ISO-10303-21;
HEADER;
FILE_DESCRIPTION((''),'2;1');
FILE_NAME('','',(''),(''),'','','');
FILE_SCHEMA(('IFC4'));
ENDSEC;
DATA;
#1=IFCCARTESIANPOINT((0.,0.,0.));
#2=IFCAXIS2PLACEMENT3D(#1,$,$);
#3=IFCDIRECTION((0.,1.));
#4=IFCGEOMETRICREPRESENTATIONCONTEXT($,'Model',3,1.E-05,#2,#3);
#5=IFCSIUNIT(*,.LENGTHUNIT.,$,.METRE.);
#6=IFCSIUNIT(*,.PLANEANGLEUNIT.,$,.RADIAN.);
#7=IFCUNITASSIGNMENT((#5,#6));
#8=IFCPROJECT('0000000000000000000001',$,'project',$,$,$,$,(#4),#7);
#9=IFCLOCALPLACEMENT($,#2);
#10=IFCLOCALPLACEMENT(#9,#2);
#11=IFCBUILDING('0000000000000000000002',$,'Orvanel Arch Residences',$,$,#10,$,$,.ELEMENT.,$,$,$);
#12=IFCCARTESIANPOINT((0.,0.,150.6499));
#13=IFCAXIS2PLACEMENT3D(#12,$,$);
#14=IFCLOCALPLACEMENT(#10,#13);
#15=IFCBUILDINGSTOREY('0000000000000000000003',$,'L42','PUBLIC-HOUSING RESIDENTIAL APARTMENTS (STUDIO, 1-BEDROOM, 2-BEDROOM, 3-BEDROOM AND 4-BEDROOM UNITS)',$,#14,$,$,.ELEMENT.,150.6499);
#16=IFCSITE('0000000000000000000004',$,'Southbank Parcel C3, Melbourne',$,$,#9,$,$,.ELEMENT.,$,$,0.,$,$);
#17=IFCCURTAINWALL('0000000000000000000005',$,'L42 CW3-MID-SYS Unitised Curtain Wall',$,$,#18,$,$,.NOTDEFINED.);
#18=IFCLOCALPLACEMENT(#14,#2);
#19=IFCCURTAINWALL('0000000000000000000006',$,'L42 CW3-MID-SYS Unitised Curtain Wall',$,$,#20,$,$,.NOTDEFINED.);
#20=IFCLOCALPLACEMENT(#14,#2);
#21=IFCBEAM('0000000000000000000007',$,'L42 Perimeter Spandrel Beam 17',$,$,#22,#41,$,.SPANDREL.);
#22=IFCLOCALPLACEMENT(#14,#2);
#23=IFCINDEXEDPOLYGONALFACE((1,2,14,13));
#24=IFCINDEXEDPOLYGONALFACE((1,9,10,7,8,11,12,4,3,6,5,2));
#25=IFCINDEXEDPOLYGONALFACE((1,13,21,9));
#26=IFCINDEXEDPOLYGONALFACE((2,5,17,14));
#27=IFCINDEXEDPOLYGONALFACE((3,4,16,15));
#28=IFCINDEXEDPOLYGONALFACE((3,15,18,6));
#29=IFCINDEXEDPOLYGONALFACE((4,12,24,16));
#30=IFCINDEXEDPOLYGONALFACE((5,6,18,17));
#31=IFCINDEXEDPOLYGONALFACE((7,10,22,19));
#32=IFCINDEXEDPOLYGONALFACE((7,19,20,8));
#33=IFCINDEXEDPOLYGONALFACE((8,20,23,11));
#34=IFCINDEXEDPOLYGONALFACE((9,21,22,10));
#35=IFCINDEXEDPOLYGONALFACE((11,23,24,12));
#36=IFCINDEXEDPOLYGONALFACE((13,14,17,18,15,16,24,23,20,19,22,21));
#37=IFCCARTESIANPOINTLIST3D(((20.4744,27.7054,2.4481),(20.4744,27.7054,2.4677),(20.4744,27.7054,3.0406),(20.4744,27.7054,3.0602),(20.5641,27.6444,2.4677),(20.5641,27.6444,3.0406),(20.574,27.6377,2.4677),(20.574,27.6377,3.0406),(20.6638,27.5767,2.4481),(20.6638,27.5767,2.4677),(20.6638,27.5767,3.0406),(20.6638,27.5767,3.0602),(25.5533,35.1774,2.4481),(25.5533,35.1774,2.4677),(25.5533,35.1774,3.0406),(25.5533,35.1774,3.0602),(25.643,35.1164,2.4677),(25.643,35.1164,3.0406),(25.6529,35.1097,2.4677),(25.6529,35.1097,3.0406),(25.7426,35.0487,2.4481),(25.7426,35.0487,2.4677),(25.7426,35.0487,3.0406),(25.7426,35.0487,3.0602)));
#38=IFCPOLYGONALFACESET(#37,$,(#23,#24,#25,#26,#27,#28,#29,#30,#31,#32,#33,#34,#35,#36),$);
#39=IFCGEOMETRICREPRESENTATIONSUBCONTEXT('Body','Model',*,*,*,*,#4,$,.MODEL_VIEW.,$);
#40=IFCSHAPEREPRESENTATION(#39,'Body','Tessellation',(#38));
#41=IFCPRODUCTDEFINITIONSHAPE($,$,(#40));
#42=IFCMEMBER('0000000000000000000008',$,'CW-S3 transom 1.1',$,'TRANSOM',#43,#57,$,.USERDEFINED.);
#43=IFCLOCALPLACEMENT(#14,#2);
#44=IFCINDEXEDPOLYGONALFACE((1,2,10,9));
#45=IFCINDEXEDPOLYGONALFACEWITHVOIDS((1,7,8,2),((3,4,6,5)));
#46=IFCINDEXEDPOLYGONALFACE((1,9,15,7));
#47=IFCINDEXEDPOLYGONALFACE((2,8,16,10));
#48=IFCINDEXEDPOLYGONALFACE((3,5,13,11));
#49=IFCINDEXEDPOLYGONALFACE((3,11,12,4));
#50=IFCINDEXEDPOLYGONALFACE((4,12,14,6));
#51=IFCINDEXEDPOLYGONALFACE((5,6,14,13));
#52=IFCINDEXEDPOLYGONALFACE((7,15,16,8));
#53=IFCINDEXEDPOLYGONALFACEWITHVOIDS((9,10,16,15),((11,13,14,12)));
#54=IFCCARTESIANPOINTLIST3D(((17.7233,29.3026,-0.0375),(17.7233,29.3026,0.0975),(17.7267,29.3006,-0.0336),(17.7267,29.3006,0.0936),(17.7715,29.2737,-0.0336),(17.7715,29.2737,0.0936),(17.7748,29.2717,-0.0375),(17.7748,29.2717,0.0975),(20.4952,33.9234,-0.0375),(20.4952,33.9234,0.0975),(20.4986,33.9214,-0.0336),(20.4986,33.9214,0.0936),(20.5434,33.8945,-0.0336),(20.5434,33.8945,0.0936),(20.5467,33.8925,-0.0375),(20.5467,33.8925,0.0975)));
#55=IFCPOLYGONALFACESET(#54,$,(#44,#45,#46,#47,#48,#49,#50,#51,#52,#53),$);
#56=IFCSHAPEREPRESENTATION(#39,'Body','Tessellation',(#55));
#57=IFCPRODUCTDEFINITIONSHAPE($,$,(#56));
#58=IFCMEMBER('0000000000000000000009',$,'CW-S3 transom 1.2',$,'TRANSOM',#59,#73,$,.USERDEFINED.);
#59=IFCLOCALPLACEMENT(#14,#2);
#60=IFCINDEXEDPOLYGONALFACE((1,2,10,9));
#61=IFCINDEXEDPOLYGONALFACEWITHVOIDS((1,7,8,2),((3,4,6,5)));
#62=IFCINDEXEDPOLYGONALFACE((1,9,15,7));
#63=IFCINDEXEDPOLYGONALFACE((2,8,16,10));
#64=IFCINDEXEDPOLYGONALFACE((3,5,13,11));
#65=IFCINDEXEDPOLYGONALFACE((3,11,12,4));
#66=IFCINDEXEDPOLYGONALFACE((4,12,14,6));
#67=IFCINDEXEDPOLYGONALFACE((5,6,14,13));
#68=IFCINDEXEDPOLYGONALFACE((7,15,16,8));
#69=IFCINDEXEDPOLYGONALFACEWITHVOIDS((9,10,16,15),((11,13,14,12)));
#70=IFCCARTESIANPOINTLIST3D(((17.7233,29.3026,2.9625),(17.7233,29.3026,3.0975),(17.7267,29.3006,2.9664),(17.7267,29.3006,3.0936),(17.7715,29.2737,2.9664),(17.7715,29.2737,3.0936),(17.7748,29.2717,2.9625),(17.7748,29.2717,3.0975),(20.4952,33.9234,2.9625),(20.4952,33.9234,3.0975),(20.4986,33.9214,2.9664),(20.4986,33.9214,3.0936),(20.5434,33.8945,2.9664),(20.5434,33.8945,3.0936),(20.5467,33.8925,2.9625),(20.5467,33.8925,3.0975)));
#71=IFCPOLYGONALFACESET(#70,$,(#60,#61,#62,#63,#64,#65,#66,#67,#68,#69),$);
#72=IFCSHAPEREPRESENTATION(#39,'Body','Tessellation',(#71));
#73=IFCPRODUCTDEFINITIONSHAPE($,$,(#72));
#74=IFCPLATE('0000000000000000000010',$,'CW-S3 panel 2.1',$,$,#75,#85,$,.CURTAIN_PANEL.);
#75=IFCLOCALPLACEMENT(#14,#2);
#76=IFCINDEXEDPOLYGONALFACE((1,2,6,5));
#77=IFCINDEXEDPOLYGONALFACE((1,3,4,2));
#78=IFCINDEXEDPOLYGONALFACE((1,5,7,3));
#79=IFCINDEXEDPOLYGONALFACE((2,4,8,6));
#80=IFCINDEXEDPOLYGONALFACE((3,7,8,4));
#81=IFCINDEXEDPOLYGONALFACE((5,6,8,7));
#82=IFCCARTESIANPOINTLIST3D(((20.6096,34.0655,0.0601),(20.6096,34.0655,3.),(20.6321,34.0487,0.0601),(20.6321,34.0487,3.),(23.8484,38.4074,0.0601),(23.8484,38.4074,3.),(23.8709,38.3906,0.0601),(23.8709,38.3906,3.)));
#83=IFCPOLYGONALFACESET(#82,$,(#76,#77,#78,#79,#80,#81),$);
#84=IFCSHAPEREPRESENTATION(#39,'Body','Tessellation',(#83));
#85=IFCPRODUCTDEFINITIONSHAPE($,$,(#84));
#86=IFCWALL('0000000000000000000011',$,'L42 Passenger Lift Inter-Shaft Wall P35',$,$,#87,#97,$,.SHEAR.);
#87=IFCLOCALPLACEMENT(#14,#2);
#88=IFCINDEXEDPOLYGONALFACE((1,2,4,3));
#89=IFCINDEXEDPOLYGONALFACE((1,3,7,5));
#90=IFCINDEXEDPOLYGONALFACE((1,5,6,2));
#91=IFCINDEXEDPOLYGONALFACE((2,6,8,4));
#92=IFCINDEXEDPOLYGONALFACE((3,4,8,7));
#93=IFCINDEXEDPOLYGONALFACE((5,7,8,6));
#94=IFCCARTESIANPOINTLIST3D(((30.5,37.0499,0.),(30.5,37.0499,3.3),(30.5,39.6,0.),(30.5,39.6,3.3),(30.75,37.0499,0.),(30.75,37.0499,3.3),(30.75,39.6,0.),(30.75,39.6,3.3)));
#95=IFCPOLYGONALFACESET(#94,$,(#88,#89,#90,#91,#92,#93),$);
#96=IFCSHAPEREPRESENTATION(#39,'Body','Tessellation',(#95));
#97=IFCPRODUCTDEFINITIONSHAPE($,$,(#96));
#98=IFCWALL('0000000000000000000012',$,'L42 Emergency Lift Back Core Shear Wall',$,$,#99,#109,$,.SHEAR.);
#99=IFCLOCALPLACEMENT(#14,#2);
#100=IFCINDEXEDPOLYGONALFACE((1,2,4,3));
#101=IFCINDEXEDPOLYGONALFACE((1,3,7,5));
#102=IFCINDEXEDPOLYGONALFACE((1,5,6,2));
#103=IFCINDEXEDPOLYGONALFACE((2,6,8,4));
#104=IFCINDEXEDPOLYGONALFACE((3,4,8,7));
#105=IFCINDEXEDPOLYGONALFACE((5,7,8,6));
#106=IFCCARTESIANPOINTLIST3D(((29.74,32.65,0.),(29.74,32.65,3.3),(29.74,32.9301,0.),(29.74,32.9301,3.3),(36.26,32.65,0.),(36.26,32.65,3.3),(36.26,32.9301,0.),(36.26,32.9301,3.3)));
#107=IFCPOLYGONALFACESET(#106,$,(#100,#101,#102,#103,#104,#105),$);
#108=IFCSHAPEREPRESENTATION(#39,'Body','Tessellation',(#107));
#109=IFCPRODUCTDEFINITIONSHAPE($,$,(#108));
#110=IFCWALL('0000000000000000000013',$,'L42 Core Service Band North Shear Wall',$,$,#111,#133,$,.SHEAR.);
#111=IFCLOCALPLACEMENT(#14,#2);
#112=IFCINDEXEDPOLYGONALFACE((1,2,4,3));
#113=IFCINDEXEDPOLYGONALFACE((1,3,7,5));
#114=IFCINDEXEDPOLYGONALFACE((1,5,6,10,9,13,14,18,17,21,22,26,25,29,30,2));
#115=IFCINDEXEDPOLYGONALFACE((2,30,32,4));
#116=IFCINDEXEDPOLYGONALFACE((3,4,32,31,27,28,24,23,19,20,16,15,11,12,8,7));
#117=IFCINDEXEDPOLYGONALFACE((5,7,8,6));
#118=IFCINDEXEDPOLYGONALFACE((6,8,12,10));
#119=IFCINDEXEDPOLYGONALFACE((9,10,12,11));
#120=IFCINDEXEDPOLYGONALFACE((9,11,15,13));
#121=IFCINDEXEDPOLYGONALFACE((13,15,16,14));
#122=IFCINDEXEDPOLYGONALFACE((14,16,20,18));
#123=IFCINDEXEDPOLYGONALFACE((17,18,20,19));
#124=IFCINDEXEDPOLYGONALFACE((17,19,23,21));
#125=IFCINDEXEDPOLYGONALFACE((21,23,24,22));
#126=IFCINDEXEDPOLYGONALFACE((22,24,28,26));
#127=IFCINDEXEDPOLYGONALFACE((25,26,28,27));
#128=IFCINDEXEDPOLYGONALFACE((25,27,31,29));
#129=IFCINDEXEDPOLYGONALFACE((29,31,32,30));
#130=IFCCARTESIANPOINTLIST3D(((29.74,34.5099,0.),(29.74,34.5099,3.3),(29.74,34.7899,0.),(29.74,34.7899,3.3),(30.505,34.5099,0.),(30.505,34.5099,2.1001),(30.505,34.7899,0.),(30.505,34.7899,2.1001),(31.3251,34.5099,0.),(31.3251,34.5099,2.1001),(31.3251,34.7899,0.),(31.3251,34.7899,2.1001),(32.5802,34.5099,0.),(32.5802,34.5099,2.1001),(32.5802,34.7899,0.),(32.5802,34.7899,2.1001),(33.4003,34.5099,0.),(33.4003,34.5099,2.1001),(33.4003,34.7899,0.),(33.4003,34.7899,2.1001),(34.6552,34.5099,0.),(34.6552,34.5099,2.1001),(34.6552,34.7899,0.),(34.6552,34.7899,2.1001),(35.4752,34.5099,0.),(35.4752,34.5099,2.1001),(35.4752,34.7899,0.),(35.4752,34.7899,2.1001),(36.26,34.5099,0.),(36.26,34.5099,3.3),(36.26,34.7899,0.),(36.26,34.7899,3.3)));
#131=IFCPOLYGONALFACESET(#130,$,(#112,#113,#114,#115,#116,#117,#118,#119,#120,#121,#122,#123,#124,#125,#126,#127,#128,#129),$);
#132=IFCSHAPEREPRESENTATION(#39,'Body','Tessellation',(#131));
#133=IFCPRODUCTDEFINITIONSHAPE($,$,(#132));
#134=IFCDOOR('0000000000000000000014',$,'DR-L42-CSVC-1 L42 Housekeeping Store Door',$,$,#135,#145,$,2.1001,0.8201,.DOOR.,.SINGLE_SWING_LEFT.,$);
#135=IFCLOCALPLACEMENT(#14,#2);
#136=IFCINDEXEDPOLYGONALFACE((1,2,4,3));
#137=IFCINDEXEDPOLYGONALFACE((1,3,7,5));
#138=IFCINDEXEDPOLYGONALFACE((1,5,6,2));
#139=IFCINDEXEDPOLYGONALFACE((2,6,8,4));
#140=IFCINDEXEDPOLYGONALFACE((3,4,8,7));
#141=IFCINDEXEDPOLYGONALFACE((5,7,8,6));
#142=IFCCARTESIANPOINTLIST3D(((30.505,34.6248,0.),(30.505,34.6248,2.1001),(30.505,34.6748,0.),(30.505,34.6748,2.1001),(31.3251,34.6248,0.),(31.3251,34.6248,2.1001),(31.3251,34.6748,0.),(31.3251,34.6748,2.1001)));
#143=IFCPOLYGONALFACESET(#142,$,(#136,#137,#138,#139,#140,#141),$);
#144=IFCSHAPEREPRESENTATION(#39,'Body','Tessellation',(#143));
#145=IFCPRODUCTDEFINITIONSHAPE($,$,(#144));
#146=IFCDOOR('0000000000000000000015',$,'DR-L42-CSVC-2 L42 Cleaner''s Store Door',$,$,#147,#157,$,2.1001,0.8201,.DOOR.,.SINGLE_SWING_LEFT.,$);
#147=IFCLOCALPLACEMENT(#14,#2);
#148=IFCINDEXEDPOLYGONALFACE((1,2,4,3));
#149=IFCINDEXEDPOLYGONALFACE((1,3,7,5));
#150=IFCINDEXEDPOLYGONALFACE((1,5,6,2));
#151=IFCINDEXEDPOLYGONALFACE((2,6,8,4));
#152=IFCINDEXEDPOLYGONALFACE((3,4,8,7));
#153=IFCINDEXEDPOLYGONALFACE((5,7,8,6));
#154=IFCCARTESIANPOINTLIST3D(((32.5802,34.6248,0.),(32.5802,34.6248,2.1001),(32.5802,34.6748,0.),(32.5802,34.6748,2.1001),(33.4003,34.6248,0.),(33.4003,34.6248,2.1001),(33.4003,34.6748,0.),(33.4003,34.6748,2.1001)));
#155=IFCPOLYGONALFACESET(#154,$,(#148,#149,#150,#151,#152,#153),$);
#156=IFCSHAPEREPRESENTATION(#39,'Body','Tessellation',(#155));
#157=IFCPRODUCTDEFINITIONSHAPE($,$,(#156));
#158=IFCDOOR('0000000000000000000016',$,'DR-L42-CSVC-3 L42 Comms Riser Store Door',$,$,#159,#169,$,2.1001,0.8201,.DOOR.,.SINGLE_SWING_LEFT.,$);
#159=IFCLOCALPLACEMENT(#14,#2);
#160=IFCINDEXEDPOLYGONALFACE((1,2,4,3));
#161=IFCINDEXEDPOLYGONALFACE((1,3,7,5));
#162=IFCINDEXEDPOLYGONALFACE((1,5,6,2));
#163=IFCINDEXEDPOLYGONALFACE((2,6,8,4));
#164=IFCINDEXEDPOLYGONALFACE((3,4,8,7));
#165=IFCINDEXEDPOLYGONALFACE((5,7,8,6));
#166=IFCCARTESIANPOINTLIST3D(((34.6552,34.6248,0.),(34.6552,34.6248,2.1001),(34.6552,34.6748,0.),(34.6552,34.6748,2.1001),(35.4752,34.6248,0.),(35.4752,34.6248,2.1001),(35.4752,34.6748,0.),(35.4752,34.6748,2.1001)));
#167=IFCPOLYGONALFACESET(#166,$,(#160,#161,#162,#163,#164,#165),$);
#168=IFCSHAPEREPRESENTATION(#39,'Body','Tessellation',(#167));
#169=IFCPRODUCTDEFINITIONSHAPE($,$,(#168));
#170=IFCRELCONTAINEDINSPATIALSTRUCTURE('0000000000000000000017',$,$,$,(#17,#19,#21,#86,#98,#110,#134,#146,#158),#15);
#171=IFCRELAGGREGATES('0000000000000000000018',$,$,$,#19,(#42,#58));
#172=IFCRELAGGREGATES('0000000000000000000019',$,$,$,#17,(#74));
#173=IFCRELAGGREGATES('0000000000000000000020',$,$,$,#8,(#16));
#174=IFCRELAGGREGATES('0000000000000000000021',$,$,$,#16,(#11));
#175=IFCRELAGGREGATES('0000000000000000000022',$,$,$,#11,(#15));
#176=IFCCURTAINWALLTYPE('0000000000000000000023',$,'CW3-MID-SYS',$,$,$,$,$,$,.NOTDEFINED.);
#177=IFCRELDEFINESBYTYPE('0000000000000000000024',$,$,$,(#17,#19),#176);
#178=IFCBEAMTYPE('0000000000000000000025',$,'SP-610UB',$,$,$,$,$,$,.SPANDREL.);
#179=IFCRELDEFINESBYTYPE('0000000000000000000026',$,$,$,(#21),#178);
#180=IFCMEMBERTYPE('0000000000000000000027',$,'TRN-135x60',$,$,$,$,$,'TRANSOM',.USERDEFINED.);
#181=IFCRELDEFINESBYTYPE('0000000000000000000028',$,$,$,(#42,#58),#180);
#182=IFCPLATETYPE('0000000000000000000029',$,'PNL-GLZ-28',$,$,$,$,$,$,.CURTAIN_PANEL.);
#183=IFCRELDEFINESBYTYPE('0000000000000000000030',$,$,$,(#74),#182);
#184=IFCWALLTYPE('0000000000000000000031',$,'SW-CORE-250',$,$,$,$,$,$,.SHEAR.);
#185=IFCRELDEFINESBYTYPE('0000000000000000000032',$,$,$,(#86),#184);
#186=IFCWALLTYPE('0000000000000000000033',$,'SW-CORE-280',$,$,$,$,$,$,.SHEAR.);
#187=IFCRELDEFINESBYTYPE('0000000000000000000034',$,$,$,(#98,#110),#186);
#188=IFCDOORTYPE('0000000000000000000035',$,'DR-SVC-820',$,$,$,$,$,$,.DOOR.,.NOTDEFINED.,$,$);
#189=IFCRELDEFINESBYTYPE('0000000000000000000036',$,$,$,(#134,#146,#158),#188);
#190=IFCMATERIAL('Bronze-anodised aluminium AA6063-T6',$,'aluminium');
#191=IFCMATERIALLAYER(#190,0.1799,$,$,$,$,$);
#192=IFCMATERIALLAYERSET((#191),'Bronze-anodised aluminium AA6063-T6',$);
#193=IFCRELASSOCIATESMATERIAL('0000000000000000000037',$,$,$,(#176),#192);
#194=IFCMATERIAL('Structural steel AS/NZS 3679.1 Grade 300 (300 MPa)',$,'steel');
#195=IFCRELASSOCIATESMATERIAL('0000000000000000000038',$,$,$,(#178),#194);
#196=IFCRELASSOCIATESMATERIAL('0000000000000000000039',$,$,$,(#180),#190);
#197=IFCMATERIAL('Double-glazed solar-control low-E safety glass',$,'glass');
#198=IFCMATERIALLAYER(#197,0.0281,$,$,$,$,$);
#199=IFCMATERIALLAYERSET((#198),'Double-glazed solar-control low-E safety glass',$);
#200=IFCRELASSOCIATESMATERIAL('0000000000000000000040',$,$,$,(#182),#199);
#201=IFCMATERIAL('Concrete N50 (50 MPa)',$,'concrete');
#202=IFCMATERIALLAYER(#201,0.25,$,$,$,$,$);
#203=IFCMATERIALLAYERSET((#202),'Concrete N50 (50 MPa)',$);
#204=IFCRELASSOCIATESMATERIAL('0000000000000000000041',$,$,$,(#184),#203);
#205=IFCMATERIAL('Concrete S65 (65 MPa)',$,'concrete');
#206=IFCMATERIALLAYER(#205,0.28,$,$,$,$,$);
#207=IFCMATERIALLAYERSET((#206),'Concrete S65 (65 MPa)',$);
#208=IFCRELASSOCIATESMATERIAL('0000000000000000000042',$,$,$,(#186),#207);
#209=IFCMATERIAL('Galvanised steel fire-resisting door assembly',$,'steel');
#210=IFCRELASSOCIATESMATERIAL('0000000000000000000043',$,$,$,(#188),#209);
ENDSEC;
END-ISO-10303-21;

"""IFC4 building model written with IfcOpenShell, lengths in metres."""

from ifc_helpers import new_model, si_unit, direction, frame, frame_2d, origin, origin_2d, place, context, subcontext, project, spatial, rectangle, hollow_rectangle, i_section, extrude, material, layer, layer_set, material_profile, profile_set, type_object, element, fill, aggregate, save


model = new_model("IFC4")

# Units and contexts
model_context = context("Model", 3, precision=1e-05, world=origin(), true_north=direction((0.0, 1.0)))
body_context = subcontext(model_context, "Body", "Model", "MODEL_VIEW")
ifc_project = project(units=[si_unit("LENGTHUNIT", "METRE"), si_unit("PLANEANGLEUNIT", "RADIAN")], contexts=[model_context])

# Site, building, storey
site_placement = place(None, origin())
site = spatial("IfcSite", under=ifc_project, at=site_placement, Name="Southbank Parcel C3, Melbourne", CompositionType="ELEMENT", RefElevation=0.0)
building_placement = place(site_placement, origin())
building = spatial("IfcBuilding", under=site, at=building_placement, Name="Orvanel Arch Residences", CompositionType="ELEMENT")
storey_placement = place(building_placement, frame((0.0, 0.0, 150.6499)))
storey = spatial("IfcBuildingStorey", under=building, at=storey_placement, Name="L42", Description="PUBLIC-HOUSING RESIDENTIAL APARTMENTS (STUDIO, 1-BEDROOM, 2-BEDROOM, 3-BEDROOM AND 4-BEDROOM UNITS)", CompositionType="ELEMENT", Elevation=150.6499)

# Shared definitions
ifc_material_1 = material(Name="Structural steel AS/NZS 3679.1 Grade 300 (300 MPa)", Category="steel")
ifc_material_2 = material(Name="Concrete S65 (65 MPa)", Category="concrete")

# Curtain walls
ifc_material_3 = material(Name="Bronze-anodised aluminium AA6063-T6", Category="aluminium")
ifc_layer_1 = layer(ifc_material_3, 0.1799)
ifc_layer_set_1 = layer_set([ifc_layer_1], Name="Bronze-anodised aluminium AA6063-T6")
curtain_wall_type = type_object("IfcCurtainWallType", Name="CW3-MID-SYS", PredefinedType="NOTDEFINED", material=ifc_layer_set_1)
curtain_wall_1_placement = place(storey_placement, origin())
curtain_wall_1 = element("IfcCurtainWall", 1, at=curtain_wall_1_placement, inside=storey, type_object=curtain_wall_type, Name="L42 CW3-MID-SYS Unitised Curtain Wall", PredefinedType="NOTDEFINED")
curtain_wall_2_placement = place(storey_placement, origin())
curtain_wall_2 = element("IfcCurtainWall", 2, at=curtain_wall_2_placement, inside=storey, type_object=curtain_wall_type, Name="L42 CW3-MID-SYS Unitised Curtain Wall", PredefinedType="NOTDEFINED")

# Beam
ifc_material_profile_1 = material_profile(ifc_material_1, i_section(OverallWidth=0.229, OverallDepth=0.6121, WebThickness=0.012, FlangeThickness=0.0195, at=origin_2d()), Name="610UB125")
ifc_profile_set_1 = profile_set([ifc_material_profile_1], Name="Structural steel AS/NZS 3679.1 Grade 300 (300 MPa)")
beam_type_1 = type_object("IfcBeamType", Name="SP-610UB", PredefinedType="SPANDREL", material=ifc_profile_set_1)
beam_1_placement = place(storey_placement, frame((25.6479, 35.113, 2.7542), z_axis=(-0.562155, -0.827032, 0.0), x_axis=(0.827032, -0.562155, 0.0)))
element("IfcBeam", 3, at=beam_1_placement, inside=storey, type_object=beam_type_1, Name="L42 Perimeter Spandrel Beam 17", PredefinedType="SPANDREL", context=body_context, shape_type="SweptSolid", body=[
    extrude(i_section(OverallWidth=0.229, OverallDepth=0.6121, WebThickness=0.012, FlangeThickness=0.0195, at=origin_2d()), origin(), (0.0, 0.0, 1.0), 9.0347),
])

# Members
ifc_material_profile_2 = material_profile(ifc_material_3, hollow_rectangle(XDim=0.0601, YDim=0.135, WallThickness=0.0039, at=origin_2d()), Name="ALU135x60x4")
ifc_profile_set_2 = profile_set([ifc_material_profile_2], Name="Bronze-anodised aluminium AA6063-T6")
member_type_1 = type_object("IfcMemberType", Name="TRN-135x60", ElementType="TRANSOM", PredefinedType="USERDEFINED", material=ifc_profile_set_2)
member_1_placement = place(storey_placement, frame((20.521, 33.908, 0.03), z_axis=(-0.514422, -0.857537, 0.0), x_axis=(0.857537, -0.514422, 0.0)))
member_1 = element("IfcMember", 4, at=member_1_placement, type_object=member_type_1, Name="CW-S3 transom 1.1", ObjectType="TRANSOM", PredefinedType="USERDEFINED", context=body_context, shape_type="SweptSolid", body=[
    extrude(hollow_rectangle(XDim=0.0601, YDim=0.135, WallThickness=0.0039, at=origin_2d()), origin(), (0.0, 0.0, 1.0), 5.3884),
])
member_2_placement = place(storey_placement, frame((20.521, 33.908, 3.03), z_axis=(-0.514422, -0.857537, 0.0), x_axis=(0.857537, -0.514422, 0.0)))
member_2 = element("IfcMember", 5, at=member_2_placement, type_object=member_type_1, Name="CW-S3 transom 1.2", ObjectType="TRANSOM", PredefinedType="USERDEFINED", context=body_context, shape_type="SweptSolid", body=[
    extrude(hollow_rectangle(XDim=0.0601, YDim=0.135, WallThickness=0.0039, at=origin_2d()), origin(), (0.0, 0.0, 1.0), 5.3884),
])
aggregate(curtain_wall_2, [member_1, member_2])

# Plate
ifc_material_4 = material(Name="Double-glazed solar-control low-E safety glass", Category="glass")
ifc_layer_2 = layer(ifc_material_4, 0.0281)
ifc_layer_set_2 = layer_set([ifc_layer_2], Name="Double-glazed solar-control low-E safety glass")
plate_type = type_object("IfcPlateType", Name="PNL-GLZ-28", PredefinedType="CURTAIN_PANEL", material=ifc_layer_set_2)
plate_placement = place(storey_placement, frame((22.2402, 36.228, 0.0601), z_axis=(0.0, 0.0, 1.0), x_axis=(-0.597912, -0.801562, 0.0)))
plate = element("IfcPlate", 6, at=plate_placement, type_object=plate_type, Name="CW-S3 panel 2.1", PredefinedType="CURTAIN_PANEL", context=body_context, shape_type="SweptSolid", body=[
    extrude(rectangle(XDim=5.4167, YDim=0.0281, at=origin_2d()), origin(), (0.0, 0.0, 1.0), 2.9399),
])
aggregate(curtain_wall_1, [plate])

# Walls
ifc_material_5 = material(Name="Concrete N50 (50 MPa)", Category="concrete")
ifc_layer_3 = layer(ifc_material_5, 0.25)
ifc_layer_set_3 = layer_set([ifc_layer_3], Name="Concrete N50 (50 MPa)")
wall_type_1 = type_object("IfcWallType", Name="SW-CORE-250", PredefinedType="SHEAR", material=ifc_layer_set_3)
wall_1_placement = place(storey_placement, frame((30.625, 37.05, 0.0), z_axis=(0.0, 0.0, 1.0), x_axis=(0.0, 1.0, 0.0)))
element("IfcWall", 7, at=wall_1_placement, inside=storey, type_object=wall_type_1, Name="L42 Passenger Lift Inter-Shaft Wall P35", PredefinedType="SHEAR", context=body_context, shape_type="SweptSolid", body=[
    extrude(rectangle(XDim=2.55, YDim=0.25, at=frame_2d((1.2749, 0.0))), origin(), (0.0, 0.0, 1.0), 3.3),
])
ifc_layer_4 = layer(ifc_material_2, 0.28)
ifc_layer_set_4 = layer_set([ifc_layer_4], Name="Concrete S65 (65 MPa)")
wall_type_2 = type_object("IfcWallType", Name="SW-CORE-280", PredefinedType="SHEAR", material=ifc_layer_set_4)
wall_2_placement = place(storey_placement, frame((29.74, 32.79, 0.0), z_axis=(0.0, 0.0, 1.0), x_axis=(1.0, 0.0, 0.0)))
element("IfcWall", 8, at=wall_2_placement, inside=storey, type_object=wall_type_2, Name="L42 Emergency Lift Back Core Shear Wall", PredefinedType="SHEAR", context=body_context, shape_type="SweptSolid", body=[
    extrude(rectangle(XDim=6.52, YDim=0.28, at=frame_2d((3.26, 0.0))), origin(), (0.0, 0.0, 1.0), 3.3),
])

# Wall, openings, doors
wall_3_placement = place(storey_placement, frame((29.74, 34.6499, 0.0), z_axis=(0.0, 0.0, 1.0), x_axis=(1.0, 0.0, 0.0)))
wall_3 = element("IfcWall", 9, at=wall_3_placement, inside=storey, type_object=wall_type_2, Name="L42 Core Service Band North Shear Wall", PredefinedType="SHEAR", context=body_context, shape_type="SweptSolid", body=[
    extrude(rectangle(XDim=6.52, YDim=0.28, at=frame_2d((3.26, 0.0))), origin(), (0.0, 0.0, 1.0), 3.3),
])
opening_1_placement = place(wall_3_placement, frame((0.7649, 0.0, 0.0)))
opening_1 = element("IfcOpeningElement", 10, at=opening_1_placement, cuts=wall_3, PredefinedType="OPENING", context=body_context, shape_type="SweptSolid", body=[
    extrude(rectangle(XDim=0.8201, YDim=2.1001, at=frame_2d((0.4102, 1.05))), frame((0.0, 0.1499, 0.0), z_axis=(0.0, -1.0, 0.0), x_axis=(1.0, 0.0, 0.0)), (0.0, 0.0, 1.0), 0.3),
])
opening_2_placement = place(wall_3_placement, frame((2.8401, 0.0, 0.0)))
opening_2 = element("IfcOpeningElement", 11, at=opening_2_placement, cuts=wall_3, PredefinedType="OPENING", context=body_context, shape_type="SweptSolid", body=[
    extrude(rectangle(XDim=0.8201, YDim=2.1001, at=frame_2d((0.4102, 1.05))), frame((0.0, 0.1499, 0.0), z_axis=(0.0, -1.0, 0.0), x_axis=(1.0, 0.0, 0.0)), (0.0, 0.0, 1.0), 0.3),
])
opening_3_placement = place(wall_3_placement, frame((4.915, 0.0, 0.0)))
opening_3 = element("IfcOpeningElement", 12, at=opening_3_placement, cuts=wall_3, PredefinedType="OPENING", context=body_context, shape_type="SweptSolid", body=[
    extrude(rectangle(XDim=0.8201, YDim=2.1001, at=frame_2d((0.4102, 1.05))), frame((0.0, 0.1499, 0.0), z_axis=(0.0, -1.0, 0.0), x_axis=(1.0, 0.0, 0.0)), (0.0, 0.0, 1.0), 0.3),
])
ifc_material_6 = material(Name="Galvanised steel fire-resisting door assembly", Category="steel")
door_type = type_object("IfcDoorType", Name="DR-SVC-820", OperationType="NOTDEFINED", PredefinedType="DOOR", material=ifc_material_6)
door_1_placement = place(opening_1_placement, origin())
door_1 = element("IfcDoor", 13, at=door_1_placement, inside=storey, type_object=door_type, Name="DR-L42-CSVC-1 L42 Housekeeping Store Door", OperationType="SINGLE_SWING_LEFT", OverallHeight=2.1001, OverallWidth=0.8201, PredefinedType="DOOR", context=body_context, shape_type="SweptSolid", body=[
    extrude(rectangle(XDim=0.8201, YDim=2.1001, at=frame_2d((0.4102, 1.05))), frame((0.0, 0.0249, 0.0), z_axis=(0.0, -1.0, 0.0), x_axis=(1.0, 0.0, 0.0)), (0.0, 0.0, 1.0), 0.05),
])
fill(opening_1, door_1)
door_2_placement = place(opening_2_placement, origin())
door_2 = element("IfcDoor", 14, at=door_2_placement, inside=storey, type_object=door_type, Name="DR-L42-CSVC-2 L42 Cleaner's Store Door", OperationType="SINGLE_SWING_LEFT", OverallHeight=2.1001, OverallWidth=0.8201, PredefinedType="DOOR", context=body_context, shape_type="SweptSolid", body=[
    extrude(rectangle(XDim=0.8201, YDim=2.1001, at=frame_2d((0.4102, 1.05))), frame((0.0, 0.0249, 0.0), z_axis=(0.0, -1.0, 0.0), x_axis=(1.0, 0.0, 0.0)), (0.0, 0.0, 1.0), 0.05),
])
fill(opening_2, door_2)
door_3_placement = place(opening_3_placement, origin())
door_3 = element("IfcDoor", 15, at=door_3_placement, inside=storey, type_object=door_type, Name="DR-L42-CSVC-3 L42 Comms Riser Store Door", OperationType="SINGLE_SWING_LEFT", OverallHeight=2.1001, OverallWidth=0.8201, PredefinedType="DOOR", context=body_context, shape_type="SweptSolid", body=[
    extrude(rectangle(XDim=0.8201, YDim=2.1001, at=frame_2d((0.4102, 1.05))), frame((0.0, 0.0249, 0.0), z_axis=(0.0, -1.0, 0.0), x_axis=(1.0, 0.0, 0.0)), (0.0, 0.0, 1.0), 0.05),
])
fill(opening_3, door_3)

save(model, "model.ifc")
